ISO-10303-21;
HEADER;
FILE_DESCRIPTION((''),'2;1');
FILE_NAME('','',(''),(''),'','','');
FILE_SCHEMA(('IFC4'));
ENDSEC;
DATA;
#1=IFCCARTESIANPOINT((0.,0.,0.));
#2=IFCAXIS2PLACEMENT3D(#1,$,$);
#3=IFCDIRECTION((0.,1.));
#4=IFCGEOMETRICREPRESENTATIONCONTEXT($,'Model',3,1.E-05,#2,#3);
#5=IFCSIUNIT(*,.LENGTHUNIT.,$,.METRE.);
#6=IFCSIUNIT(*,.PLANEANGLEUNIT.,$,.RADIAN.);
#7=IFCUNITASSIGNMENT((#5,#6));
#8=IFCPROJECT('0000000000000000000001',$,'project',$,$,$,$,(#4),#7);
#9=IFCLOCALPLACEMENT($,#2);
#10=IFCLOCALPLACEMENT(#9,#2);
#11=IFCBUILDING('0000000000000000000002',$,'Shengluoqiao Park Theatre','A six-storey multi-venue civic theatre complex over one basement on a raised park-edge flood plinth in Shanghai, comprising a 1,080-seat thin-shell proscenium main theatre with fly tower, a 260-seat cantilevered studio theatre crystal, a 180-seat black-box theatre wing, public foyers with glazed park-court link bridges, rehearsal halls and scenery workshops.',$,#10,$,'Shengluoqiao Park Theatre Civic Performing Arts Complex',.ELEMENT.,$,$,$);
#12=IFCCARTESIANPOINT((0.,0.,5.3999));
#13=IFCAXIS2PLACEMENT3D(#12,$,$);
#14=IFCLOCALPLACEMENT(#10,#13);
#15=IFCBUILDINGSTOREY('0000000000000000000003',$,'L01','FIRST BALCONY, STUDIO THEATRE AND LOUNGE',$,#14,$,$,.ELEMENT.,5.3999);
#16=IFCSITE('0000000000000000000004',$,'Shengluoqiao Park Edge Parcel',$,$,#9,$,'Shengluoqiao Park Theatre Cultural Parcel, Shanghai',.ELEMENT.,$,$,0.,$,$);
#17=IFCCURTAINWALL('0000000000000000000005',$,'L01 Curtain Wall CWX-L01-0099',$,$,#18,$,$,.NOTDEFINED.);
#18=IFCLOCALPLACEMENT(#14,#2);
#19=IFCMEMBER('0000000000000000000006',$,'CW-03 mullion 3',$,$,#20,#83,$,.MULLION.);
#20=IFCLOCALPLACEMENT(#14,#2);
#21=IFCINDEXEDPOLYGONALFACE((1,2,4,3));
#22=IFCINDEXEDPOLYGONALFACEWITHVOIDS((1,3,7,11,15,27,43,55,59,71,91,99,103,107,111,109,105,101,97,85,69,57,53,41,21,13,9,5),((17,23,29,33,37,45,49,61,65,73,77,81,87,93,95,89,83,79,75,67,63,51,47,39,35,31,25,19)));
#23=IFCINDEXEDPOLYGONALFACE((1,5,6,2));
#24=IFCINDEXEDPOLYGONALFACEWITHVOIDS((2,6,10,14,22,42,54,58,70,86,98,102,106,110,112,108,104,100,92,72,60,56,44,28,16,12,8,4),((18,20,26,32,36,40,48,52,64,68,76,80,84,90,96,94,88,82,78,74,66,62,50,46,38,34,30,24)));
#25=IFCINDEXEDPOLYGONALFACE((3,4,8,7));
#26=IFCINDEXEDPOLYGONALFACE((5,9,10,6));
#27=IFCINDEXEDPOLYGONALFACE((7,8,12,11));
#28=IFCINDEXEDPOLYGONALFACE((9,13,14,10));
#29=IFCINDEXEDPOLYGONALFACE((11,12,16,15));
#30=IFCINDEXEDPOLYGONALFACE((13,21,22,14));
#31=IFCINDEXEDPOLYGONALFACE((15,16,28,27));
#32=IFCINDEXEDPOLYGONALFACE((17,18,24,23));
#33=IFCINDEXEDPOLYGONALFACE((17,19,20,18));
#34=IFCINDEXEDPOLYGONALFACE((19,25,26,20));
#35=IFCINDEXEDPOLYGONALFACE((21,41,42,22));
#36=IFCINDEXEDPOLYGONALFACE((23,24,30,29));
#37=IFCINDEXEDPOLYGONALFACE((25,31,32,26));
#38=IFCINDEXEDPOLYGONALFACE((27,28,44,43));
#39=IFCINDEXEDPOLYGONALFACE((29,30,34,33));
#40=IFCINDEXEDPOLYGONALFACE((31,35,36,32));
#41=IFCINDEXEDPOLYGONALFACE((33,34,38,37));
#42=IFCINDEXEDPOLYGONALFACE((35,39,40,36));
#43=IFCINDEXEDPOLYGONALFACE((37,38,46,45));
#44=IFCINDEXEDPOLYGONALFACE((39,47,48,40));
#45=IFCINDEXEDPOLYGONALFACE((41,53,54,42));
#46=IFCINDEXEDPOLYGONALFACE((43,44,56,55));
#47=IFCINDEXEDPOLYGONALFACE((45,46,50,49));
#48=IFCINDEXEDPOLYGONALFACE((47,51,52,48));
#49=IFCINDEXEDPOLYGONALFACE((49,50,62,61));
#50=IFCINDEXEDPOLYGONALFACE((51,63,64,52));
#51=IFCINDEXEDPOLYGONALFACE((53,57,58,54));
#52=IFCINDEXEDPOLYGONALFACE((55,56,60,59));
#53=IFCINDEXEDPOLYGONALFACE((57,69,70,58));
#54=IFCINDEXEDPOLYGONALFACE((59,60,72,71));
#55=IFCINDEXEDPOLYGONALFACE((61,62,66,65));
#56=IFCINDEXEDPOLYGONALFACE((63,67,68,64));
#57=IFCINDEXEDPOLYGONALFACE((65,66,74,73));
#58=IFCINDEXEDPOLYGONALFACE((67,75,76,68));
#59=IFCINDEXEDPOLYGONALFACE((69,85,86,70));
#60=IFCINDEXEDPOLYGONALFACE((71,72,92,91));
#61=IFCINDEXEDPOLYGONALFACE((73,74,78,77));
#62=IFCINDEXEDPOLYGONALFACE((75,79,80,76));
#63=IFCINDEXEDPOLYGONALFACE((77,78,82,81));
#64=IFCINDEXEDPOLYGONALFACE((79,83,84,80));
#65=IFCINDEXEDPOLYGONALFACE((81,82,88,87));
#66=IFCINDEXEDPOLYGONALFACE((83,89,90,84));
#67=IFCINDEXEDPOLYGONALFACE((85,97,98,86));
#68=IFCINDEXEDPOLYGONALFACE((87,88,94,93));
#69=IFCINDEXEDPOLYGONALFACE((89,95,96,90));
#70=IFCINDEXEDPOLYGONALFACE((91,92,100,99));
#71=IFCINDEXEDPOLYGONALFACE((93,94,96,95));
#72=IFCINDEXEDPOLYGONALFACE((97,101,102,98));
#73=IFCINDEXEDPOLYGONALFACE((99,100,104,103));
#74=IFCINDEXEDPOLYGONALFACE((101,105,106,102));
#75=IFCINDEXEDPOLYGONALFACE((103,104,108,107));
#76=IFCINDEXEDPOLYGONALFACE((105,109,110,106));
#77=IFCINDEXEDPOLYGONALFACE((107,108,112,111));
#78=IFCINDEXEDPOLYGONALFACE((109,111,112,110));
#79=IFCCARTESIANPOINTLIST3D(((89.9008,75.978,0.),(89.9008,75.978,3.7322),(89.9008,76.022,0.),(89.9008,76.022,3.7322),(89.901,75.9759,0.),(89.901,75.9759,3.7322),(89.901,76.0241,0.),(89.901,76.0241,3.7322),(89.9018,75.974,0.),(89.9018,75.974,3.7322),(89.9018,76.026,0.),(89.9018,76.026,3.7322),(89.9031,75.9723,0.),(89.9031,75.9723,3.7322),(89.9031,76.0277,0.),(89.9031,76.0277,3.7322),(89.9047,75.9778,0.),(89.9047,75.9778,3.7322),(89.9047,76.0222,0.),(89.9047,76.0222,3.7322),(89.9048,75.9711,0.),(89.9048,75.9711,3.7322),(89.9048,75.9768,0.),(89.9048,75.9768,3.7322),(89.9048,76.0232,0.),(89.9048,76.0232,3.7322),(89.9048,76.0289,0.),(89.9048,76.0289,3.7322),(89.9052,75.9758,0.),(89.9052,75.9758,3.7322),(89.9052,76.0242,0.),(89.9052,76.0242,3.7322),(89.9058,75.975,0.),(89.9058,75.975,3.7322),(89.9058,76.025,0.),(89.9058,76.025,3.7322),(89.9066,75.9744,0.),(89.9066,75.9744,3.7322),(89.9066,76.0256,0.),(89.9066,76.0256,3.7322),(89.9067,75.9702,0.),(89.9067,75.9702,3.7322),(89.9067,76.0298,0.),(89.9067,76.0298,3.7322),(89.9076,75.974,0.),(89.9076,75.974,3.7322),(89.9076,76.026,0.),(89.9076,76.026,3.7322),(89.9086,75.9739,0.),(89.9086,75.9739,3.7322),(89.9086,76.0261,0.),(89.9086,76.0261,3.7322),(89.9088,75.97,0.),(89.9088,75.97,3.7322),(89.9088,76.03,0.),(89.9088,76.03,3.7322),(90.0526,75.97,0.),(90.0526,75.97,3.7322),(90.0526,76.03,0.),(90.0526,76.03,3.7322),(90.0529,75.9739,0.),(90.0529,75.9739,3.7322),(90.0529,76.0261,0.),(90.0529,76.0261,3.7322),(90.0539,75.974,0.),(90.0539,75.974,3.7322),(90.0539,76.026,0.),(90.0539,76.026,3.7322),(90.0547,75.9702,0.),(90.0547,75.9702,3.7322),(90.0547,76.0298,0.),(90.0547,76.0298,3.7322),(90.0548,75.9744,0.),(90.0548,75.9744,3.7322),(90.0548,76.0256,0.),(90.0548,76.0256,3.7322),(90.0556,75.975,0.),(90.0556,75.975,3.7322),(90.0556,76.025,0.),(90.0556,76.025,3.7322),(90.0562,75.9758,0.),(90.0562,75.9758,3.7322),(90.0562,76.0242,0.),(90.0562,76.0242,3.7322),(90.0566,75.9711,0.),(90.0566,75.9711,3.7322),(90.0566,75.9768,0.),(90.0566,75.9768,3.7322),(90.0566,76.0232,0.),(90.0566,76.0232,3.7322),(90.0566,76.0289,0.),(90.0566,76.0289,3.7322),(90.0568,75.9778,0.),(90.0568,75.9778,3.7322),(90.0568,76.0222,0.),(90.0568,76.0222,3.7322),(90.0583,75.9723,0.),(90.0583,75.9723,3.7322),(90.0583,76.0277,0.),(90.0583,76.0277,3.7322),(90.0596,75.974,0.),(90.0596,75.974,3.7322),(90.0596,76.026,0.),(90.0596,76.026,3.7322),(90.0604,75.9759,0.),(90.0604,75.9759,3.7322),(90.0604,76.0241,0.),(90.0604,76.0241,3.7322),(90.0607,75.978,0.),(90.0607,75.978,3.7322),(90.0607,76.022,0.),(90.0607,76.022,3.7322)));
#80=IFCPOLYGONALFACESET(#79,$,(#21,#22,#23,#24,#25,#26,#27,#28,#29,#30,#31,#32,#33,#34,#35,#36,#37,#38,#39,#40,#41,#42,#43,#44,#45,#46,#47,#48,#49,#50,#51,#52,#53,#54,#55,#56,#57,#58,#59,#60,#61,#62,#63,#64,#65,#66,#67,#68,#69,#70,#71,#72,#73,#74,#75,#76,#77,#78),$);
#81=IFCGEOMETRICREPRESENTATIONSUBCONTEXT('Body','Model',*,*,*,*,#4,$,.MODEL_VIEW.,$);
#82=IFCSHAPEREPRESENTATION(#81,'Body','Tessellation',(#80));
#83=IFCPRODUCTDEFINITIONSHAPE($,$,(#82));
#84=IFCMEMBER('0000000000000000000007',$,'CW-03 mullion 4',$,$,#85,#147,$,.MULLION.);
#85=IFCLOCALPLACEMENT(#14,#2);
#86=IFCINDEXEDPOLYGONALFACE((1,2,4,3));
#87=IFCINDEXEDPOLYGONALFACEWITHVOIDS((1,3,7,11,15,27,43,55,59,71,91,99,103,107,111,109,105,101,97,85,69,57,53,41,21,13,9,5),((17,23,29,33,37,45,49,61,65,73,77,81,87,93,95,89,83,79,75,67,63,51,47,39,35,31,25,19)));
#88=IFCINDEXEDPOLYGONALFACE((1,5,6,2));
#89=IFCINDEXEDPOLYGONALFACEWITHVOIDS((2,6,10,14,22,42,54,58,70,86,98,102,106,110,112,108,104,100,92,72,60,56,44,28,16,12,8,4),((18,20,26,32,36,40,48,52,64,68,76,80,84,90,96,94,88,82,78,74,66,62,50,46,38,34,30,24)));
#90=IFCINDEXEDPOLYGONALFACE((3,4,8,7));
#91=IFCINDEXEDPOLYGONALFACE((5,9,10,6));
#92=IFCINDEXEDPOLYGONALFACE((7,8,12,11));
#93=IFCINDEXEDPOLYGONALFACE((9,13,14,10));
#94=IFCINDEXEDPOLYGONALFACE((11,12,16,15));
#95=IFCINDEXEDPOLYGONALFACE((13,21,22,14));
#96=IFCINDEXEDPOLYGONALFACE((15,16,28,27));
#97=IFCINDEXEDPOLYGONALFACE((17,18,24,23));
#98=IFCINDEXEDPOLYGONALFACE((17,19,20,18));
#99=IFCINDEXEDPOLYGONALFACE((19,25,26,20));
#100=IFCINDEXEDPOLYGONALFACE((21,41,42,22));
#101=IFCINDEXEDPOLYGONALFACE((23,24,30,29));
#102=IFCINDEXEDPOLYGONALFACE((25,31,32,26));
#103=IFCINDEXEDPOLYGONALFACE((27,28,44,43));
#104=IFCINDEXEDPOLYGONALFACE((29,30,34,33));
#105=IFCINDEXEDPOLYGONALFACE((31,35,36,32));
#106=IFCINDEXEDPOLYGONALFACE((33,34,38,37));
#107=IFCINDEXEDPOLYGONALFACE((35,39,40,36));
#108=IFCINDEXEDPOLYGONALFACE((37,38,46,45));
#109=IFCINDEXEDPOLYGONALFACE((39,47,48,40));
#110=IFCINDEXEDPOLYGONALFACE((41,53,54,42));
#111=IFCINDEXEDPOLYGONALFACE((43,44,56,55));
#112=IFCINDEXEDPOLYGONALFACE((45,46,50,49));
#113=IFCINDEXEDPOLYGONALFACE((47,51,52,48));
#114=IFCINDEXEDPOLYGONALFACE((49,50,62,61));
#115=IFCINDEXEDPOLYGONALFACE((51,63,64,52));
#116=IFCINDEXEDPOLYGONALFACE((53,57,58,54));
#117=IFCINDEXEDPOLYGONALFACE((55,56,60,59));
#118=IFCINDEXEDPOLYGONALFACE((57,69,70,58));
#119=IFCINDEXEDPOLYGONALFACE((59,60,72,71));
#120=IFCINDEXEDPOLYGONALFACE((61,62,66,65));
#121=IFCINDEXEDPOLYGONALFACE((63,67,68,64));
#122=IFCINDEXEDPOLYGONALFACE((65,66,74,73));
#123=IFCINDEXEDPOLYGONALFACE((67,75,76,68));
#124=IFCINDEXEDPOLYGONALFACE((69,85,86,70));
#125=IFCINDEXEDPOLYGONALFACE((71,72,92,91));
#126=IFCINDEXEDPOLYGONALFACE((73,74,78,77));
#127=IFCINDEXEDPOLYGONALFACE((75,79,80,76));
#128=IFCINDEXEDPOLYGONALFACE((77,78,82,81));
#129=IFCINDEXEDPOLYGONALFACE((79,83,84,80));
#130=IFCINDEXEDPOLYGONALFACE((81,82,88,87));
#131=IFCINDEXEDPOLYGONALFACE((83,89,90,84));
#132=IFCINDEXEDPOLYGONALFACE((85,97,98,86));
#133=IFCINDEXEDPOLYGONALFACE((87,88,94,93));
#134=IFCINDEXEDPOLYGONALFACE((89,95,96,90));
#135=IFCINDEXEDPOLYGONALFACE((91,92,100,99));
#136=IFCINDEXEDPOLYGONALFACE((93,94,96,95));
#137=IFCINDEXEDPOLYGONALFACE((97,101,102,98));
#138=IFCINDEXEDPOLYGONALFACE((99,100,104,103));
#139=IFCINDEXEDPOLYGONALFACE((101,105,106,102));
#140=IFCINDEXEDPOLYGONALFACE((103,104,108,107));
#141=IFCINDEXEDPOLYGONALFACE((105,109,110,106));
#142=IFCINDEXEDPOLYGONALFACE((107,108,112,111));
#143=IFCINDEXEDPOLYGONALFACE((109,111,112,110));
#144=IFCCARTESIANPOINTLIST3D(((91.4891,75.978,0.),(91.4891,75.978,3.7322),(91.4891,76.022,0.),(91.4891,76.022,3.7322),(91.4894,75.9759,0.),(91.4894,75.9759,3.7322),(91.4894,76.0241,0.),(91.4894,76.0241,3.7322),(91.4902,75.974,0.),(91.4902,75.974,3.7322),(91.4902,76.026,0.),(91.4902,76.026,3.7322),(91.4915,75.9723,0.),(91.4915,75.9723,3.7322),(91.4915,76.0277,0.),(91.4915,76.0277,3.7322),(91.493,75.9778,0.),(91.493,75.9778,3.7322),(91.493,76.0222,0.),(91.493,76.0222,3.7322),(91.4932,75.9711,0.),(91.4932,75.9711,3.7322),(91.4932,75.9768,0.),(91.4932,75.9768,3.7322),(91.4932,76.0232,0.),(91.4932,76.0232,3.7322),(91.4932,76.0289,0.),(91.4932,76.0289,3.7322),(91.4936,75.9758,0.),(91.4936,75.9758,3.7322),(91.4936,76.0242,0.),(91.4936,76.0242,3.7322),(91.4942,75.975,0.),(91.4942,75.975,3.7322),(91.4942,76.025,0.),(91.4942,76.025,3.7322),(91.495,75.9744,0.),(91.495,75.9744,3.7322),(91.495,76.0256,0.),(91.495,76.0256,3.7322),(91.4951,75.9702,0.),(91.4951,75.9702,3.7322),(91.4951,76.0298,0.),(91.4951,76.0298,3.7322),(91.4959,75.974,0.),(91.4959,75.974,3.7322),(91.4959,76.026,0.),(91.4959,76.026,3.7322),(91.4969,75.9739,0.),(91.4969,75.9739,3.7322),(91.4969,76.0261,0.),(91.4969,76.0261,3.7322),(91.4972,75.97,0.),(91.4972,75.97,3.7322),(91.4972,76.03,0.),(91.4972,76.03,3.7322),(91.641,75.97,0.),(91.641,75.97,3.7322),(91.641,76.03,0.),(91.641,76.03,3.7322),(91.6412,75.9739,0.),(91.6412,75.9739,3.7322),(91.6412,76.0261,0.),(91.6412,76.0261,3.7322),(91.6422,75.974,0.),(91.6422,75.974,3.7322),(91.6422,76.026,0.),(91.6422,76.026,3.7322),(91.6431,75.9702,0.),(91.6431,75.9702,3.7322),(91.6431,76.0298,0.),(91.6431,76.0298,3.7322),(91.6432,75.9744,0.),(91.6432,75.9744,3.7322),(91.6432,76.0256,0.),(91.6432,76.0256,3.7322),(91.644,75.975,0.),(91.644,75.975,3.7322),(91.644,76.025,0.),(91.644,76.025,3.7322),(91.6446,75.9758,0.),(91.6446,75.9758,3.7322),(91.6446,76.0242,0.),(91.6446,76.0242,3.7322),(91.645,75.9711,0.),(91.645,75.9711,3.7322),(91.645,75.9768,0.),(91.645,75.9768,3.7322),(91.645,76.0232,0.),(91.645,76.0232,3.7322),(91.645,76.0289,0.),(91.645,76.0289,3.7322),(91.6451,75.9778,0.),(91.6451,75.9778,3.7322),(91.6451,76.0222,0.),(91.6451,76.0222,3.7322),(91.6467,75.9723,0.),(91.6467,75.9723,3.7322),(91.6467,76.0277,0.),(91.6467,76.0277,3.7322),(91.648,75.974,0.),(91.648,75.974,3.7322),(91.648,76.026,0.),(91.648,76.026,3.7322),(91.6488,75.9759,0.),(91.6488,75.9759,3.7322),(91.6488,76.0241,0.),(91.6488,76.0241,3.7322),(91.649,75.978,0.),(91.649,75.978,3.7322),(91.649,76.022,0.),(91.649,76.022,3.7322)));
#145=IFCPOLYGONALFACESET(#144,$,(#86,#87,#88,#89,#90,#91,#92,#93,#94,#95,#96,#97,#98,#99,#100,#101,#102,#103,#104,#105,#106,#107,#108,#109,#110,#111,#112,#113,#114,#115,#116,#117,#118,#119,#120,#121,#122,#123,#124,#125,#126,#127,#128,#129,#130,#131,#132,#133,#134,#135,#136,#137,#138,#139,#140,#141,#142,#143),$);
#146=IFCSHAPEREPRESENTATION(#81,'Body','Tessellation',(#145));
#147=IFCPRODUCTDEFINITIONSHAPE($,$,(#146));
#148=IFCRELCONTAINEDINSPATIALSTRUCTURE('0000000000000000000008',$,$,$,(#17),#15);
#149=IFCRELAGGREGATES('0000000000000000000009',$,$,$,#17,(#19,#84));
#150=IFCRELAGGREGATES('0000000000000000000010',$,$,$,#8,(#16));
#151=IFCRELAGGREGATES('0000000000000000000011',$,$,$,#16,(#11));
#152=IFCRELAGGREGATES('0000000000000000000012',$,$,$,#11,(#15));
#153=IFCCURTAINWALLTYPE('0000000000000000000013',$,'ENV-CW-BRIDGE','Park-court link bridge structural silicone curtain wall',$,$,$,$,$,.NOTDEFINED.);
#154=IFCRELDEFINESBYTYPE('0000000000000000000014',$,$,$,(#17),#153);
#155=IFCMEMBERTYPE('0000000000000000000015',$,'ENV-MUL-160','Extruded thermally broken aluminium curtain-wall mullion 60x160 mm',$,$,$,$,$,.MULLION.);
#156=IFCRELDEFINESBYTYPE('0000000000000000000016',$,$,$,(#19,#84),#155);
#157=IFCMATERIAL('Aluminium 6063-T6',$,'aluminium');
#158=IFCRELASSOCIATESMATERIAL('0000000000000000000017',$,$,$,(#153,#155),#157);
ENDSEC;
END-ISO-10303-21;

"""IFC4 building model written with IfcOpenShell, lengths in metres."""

from ifc_helpers import new_model, si_unit, direction, frame, origin, origin_2d, place, context, subcontext, project, spatial, hollow_rectangle, extrude, material, material_profile, profile_set, type_object, element, aggregate, save


model = new_model("IFC4")

# Units and contexts
model_context = context("Model", 3, precision=1e-05, world=origin(), true_north=direction((0.0, 1.0)))
body_context = subcontext(model_context, "Body", "Model", "MODEL_VIEW")
ifc_project = project(units=[si_unit("LENGTHUNIT", "METRE"), si_unit("PLANEANGLEUNIT", "RADIAN")], contexts=[model_context])

# Site, building, storey
site_placement = place(None, origin())
site = spatial("IfcSite", under=ifc_project, at=site_placement, Name="Shengluoqiao Park Edge Parcel", LongName="Shengluoqiao Park Theatre Cultural Parcel, Shanghai", CompositionType="ELEMENT", RefElevation=0.0)
building_placement = place(site_placement, origin())
building = spatial("IfcBuilding", under=site, at=building_placement, Name="Shengluoqiao Park Theatre", Description="A six-storey multi-venue civic theatre complex over one basement on a raised park-edge flood plinth in Shanghai, comprising a 1,080-seat thin-shell proscenium main theatre with fly tower, a 260-seat cantilevered studio theatre crystal, a 180-seat black-box theatre wing, public foyers with glazed park-court link bridges, rehearsal halls and scenery workshops.", LongName="Shengluoqiao Park Theatre Civic Performing Arts Complex", CompositionType="ELEMENT")
storey_placement = place(building_placement, frame((0.0, 0.0, 5.3999)))
storey = spatial("IfcBuildingStorey", under=building, at=storey_placement, Name="L01", Description="FIRST BALCONY, STUDIO THEATRE AND LOUNGE", CompositionType="ELEMENT", Elevation=5.3999)

# Curtain wall, members
ifc_material_1 = material(Name="Aluminium 6063-T6", Category="aluminium")
curtain_wall_type = type_object("IfcCurtainWallType", Name="ENV-CW-BRIDGE", Description="Park-court link bridge structural silicone curtain wall", PredefinedType="NOTDEFINED", material=ifc_material_1)
curtain_wall_placement = place(storey_placement, origin())
curtain_wall = element("IfcCurtainWall", 1, at=curtain_wall_placement, inside=storey, type_object=curtain_wall_type, Name="L01 Curtain Wall CWX-L01-0099", PredefinedType="NOTDEFINED")
ifc_material_profile_1 = material_profile(ifc_material_1, hollow_rectangle(XDim=0.0601, YDim=0.1599, WallThickness=0.0039, InnerFilletRadius=0.0039, OuterFilletRadius=0.0081, at=origin_2d()), Name="ALU MULLION 160x60x4")
ifc_profile_set_1 = profile_set([ifc_material_profile_1], Name="Aluminium 6063-T6")
member_type_1 = type_object("IfcMemberType", Name="ENV-MUL-160", Description="Extruded thermally broken aluminium curtain-wall mullion 60x160 mm", PredefinedType="MULLION", material=ifc_profile_set_1)
member_1_placement = place(storey_placement, frame((89.9807, 76.0, 0.0), z_axis=(0.0, 0.0, 1.0), x_axis=(0.0, 1.0, 0.0)))
member_1 = element("IfcMember", 2, at=member_1_placement, type_object=member_type_1, Name="CW-03 mullion 3", PredefinedType="MULLION", context=body_context, shape_type="SweptSolid", body=[
    extrude(hollow_rectangle(XDim=0.0601, YDim=0.1599, WallThickness=0.0039, InnerFilletRadius=0.0039, OuterFilletRadius=0.0081, at=origin_2d()), origin(), (0.0, 0.0, 1.0), 3.7322),
])
member_2_placement = place(storey_placement, frame((91.5691, 76.0, 0.0), z_axis=(0.0, 0.0, 1.0), x_axis=(0.0, 1.0, 0.0)))
member_2 = element("IfcMember", 3, at=member_2_placement, type_object=member_type_1, Name="CW-03 mullion 4", PredefinedType="MULLION", context=body_context, shape_type="SweptSolid", body=[
    extrude(hollow_rectangle(XDim=0.0601, YDim=0.1599, WallThickness=0.0039, InnerFilletRadius=0.0039, OuterFilletRadius=0.0081, at=origin_2d()), origin(), (0.0, 0.0, 1.0), 3.7322),
])

aggregate(curtain_wall, [member_1, member_2])

save(model, "model.ifc")
